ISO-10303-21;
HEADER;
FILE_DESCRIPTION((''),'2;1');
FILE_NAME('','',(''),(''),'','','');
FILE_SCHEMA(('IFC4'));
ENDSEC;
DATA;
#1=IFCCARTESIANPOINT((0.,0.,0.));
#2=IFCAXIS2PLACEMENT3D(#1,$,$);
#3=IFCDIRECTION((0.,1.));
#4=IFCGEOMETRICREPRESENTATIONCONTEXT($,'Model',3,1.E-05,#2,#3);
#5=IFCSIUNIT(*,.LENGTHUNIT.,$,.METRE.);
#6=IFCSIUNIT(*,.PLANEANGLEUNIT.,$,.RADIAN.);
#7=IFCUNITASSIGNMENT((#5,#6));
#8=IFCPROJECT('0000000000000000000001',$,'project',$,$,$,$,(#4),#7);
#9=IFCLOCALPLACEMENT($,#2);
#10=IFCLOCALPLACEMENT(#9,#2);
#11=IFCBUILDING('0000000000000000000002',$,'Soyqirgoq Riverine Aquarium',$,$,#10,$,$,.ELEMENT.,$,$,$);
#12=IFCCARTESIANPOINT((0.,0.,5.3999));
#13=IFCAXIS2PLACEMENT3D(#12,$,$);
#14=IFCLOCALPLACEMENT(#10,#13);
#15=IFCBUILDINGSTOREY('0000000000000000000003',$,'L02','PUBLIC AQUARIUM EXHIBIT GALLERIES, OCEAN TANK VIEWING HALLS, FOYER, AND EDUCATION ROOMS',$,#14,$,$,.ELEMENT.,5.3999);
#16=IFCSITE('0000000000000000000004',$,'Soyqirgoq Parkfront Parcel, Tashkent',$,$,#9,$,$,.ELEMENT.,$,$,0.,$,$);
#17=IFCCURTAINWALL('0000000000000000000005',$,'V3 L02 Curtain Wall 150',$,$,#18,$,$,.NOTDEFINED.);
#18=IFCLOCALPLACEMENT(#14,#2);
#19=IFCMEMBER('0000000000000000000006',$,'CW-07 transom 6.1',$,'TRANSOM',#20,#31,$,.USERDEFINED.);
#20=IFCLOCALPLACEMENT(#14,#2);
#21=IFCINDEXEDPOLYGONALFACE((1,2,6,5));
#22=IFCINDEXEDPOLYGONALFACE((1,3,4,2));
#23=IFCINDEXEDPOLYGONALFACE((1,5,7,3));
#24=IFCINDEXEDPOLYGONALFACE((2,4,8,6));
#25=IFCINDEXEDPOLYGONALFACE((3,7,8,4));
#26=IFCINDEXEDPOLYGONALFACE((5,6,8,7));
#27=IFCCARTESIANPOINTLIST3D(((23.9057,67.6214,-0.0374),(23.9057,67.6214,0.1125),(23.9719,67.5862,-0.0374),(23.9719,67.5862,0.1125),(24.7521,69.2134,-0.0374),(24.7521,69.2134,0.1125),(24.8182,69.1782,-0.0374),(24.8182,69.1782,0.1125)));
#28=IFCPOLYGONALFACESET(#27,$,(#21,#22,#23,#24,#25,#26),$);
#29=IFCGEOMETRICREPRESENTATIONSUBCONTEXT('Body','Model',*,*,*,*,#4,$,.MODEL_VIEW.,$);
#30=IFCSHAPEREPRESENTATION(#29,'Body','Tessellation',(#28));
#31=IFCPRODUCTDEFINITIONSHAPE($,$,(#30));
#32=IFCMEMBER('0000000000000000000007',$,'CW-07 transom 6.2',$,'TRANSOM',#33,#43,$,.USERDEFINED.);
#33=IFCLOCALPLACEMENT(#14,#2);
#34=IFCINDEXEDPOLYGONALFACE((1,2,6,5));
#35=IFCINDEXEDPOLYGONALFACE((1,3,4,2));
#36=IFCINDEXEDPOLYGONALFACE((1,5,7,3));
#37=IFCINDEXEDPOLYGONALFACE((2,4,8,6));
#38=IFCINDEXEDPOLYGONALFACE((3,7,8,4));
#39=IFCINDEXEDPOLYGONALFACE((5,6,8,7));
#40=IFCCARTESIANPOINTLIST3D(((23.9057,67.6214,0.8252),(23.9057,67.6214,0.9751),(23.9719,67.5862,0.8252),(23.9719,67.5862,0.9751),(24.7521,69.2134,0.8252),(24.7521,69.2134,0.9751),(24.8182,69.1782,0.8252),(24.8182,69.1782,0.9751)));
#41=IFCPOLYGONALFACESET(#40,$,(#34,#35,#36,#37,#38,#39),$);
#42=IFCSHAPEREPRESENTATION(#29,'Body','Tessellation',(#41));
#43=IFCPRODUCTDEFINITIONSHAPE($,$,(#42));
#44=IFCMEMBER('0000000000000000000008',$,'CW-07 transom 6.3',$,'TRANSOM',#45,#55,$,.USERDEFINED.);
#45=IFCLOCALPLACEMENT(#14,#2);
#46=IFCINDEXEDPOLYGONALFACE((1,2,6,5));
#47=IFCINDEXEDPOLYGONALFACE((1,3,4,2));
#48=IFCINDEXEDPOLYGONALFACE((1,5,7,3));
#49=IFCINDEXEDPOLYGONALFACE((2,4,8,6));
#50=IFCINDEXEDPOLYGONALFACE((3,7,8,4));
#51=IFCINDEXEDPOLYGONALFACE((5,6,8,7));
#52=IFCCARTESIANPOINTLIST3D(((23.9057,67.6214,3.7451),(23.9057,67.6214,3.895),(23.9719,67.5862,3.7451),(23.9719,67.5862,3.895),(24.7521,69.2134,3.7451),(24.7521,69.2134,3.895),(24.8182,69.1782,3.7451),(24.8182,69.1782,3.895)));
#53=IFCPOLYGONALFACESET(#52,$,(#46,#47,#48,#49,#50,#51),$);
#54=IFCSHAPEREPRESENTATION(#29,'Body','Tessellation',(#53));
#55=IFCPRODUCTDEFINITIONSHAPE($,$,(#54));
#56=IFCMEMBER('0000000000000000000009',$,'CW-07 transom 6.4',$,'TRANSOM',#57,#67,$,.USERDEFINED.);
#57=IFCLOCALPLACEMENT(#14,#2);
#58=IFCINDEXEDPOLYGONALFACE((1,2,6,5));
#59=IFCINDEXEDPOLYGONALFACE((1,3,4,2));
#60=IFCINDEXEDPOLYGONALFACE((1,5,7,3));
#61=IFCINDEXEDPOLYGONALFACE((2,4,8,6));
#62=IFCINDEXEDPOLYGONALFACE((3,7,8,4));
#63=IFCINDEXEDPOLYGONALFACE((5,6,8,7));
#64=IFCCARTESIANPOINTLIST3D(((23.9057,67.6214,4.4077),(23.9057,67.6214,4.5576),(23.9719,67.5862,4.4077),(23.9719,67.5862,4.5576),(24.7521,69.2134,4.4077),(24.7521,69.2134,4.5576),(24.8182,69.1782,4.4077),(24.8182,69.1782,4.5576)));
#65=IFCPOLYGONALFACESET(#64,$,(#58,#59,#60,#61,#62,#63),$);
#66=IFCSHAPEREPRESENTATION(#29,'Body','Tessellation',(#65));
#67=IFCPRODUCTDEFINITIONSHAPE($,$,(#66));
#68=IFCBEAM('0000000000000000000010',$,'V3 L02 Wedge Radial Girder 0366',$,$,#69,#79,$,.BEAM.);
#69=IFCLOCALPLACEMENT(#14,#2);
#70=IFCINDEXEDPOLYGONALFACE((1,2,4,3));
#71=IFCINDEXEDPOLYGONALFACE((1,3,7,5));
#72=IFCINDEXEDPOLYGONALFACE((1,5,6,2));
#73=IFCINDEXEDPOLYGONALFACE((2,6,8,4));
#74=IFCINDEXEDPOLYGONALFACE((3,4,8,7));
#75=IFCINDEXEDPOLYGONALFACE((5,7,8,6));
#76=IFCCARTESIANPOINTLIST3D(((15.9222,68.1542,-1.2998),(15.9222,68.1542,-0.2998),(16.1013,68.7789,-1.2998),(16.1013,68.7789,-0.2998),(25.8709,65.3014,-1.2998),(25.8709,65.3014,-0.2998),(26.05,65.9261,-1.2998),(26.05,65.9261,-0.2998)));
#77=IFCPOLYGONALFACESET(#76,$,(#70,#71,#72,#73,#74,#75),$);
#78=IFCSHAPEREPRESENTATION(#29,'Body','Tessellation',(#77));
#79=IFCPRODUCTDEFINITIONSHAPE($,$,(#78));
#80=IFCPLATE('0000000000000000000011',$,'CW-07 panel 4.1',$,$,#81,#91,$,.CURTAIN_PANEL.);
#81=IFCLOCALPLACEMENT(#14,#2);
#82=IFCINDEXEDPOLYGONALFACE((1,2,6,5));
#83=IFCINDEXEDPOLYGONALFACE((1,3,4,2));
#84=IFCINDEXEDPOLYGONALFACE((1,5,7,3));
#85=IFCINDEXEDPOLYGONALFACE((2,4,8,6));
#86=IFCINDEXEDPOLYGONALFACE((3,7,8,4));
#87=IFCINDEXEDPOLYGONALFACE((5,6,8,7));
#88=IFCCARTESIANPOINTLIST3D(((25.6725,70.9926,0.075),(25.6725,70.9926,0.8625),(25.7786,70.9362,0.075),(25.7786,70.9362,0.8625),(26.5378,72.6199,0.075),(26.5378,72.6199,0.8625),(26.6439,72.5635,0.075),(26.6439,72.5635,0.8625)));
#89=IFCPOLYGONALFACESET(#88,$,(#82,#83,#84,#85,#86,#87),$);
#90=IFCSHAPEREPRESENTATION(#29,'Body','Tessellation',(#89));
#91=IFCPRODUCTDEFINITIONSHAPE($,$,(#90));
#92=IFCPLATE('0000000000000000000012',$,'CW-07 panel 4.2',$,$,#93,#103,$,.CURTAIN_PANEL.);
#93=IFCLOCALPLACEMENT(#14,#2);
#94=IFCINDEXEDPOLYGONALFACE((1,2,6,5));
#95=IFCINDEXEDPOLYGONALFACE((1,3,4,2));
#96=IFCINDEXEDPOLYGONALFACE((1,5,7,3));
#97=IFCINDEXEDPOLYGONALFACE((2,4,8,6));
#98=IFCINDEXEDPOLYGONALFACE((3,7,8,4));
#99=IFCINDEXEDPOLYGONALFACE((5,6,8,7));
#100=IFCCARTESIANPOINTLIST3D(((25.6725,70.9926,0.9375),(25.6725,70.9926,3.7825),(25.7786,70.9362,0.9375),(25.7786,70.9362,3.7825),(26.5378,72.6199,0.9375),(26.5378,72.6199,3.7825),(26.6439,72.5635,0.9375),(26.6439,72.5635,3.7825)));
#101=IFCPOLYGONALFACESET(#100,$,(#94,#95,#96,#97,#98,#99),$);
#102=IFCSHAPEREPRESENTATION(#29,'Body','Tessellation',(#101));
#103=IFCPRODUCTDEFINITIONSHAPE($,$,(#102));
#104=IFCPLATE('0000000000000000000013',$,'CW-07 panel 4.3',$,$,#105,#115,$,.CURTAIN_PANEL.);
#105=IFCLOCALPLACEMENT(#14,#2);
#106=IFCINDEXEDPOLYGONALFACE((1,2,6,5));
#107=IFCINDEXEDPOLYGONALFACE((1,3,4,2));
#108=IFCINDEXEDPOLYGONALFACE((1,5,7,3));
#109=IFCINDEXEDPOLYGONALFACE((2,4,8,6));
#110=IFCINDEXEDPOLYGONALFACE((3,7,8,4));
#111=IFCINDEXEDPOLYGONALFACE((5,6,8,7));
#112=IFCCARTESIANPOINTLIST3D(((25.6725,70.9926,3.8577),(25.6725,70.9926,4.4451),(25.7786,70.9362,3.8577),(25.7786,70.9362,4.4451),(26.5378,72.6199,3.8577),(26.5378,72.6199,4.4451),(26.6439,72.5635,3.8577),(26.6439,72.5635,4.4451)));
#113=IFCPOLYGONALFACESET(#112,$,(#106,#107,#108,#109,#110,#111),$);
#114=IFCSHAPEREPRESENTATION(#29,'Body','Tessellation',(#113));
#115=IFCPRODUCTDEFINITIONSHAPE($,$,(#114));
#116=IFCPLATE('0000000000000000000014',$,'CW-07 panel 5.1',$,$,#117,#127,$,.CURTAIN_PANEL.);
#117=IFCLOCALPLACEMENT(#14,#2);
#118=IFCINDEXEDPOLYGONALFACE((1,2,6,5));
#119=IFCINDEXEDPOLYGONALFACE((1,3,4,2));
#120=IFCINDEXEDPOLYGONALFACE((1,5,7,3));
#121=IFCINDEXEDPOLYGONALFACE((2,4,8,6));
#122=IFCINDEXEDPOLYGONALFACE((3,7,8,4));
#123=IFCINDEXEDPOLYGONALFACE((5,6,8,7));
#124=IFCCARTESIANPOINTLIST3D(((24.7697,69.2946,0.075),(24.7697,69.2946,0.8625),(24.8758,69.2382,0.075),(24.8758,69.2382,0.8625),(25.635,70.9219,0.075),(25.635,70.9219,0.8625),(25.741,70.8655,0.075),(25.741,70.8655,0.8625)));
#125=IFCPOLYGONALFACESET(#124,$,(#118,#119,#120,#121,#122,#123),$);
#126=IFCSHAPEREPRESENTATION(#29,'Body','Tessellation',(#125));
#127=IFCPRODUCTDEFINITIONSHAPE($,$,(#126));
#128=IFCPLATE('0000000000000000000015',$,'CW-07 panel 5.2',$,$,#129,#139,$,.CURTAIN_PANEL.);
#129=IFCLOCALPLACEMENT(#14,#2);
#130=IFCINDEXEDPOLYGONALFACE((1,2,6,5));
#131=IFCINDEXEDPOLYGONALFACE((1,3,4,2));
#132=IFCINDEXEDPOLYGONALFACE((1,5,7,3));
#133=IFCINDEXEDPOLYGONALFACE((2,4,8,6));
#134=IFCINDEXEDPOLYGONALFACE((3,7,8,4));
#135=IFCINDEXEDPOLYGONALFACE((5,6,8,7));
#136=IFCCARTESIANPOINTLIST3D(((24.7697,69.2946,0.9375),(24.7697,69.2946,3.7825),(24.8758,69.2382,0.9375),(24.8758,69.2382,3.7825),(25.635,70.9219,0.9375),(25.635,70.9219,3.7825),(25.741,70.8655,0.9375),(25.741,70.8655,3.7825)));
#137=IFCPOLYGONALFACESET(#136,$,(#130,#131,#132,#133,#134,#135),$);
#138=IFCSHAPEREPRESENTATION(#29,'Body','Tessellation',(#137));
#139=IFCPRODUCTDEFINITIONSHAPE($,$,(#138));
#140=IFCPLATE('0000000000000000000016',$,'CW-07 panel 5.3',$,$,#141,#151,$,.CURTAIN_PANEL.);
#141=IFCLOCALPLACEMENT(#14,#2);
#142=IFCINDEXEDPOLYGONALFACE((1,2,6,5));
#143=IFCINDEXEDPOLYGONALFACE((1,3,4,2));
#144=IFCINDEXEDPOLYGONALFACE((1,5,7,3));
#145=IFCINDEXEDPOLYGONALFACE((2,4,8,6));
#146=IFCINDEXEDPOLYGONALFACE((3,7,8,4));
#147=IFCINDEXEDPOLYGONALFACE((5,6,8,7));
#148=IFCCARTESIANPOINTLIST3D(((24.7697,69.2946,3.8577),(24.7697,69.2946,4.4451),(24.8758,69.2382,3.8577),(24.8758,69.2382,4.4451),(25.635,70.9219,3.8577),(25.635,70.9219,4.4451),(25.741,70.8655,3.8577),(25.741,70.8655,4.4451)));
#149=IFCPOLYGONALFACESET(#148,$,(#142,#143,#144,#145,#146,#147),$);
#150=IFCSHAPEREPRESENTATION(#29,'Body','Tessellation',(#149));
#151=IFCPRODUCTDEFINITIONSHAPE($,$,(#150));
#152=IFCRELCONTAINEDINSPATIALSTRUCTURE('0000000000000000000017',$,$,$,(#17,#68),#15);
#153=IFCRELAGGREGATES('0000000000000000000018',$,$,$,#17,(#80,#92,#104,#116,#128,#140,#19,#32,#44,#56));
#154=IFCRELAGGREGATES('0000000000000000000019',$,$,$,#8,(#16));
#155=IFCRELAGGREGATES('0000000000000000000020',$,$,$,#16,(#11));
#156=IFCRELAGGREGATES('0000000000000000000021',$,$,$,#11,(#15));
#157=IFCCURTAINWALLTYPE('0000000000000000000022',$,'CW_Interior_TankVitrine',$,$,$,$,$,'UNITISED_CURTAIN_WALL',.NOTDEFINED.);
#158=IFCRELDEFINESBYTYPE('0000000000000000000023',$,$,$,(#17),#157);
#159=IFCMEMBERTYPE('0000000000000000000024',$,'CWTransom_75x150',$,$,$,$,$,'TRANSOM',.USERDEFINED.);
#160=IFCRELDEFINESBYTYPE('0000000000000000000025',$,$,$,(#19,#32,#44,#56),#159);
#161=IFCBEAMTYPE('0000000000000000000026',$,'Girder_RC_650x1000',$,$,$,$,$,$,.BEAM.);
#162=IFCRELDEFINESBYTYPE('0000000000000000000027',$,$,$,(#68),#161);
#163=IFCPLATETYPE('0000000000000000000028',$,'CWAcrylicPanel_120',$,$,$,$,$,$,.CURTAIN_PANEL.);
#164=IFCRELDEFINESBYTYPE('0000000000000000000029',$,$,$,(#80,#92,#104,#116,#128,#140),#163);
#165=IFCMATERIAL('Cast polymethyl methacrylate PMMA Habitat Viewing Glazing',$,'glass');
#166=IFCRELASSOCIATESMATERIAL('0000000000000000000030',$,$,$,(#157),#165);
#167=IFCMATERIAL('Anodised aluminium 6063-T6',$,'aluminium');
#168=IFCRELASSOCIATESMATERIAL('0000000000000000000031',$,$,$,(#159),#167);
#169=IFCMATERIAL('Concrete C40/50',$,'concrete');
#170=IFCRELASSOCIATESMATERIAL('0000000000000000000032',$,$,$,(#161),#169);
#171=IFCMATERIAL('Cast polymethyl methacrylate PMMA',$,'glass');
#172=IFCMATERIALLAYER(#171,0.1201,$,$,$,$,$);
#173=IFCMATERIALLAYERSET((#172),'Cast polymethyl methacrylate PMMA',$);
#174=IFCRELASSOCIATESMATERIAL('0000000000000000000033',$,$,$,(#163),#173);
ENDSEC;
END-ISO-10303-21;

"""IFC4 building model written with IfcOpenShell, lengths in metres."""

from ifc_helpers import new_model, si_unit, direction, frame, origin, origin_2d, place, context, subcontext, project, spatial, rectangle, extrude, material, layer, layer_set, material_profile, profile_set, type_object, element, aggregate, save


model = new_model("IFC4")

# Units and contexts
model_context = context("Model", 3, precision=1e-05, world=origin(), true_north=direction((0.0, 1.0)))
body_context = subcontext(model_context, "Body", "Model", "MODEL_VIEW")
ifc_project = project(units=[si_unit("LENGTHUNIT", "METRE"), si_unit("PLANEANGLEUNIT", "RADIAN")], contexts=[model_context])

# Site, building, storey
site_placement = place(None, origin())
site = spatial("IfcSite", under=ifc_project, at=site_placement, Name="Soyqirgoq Parkfront Parcel, Tashkent", CompositionType="ELEMENT", RefElevation=0.0)
building_placement = place(site_placement, origin())
building = spatial("IfcBuilding", under=site, at=building_placement, Name="Soyqirgoq Riverine Aquarium", CompositionType="ELEMENT")
storey_placement = place(building_placement, frame((0.0, 0.0, 5.3999)))
storey = spatial("IfcBuildingStorey", under=building, at=storey_placement, Name="L02", Description="PUBLIC AQUARIUM EXHIBIT GALLERIES, OCEAN TANK VIEWING HALLS, FOYER, AND EDUCATION ROOMS", CompositionType="ELEMENT", Elevation=5.3999)

# Curtain wall, members
ifc_material_1 = material(Name="Cast polymethyl methacrylate PMMA Habitat Viewing Glazing", Category="glass")
curtain_wall_type = type_object("IfcCurtainWallType", Name="CW_Interior_TankVitrine", ElementType="UNITISED_CURTAIN_WALL", PredefinedType="NOTDEFINED", material=ifc_material_1)
curtain_wall_placement = place(storey_placement, origin())
curtain_wall = element("IfcCurtainWall", 1, at=curtain_wall_placement, inside=storey, type_object=curtain_wall_type, Name="V3 L02 Curtain Wall 150", PredefinedType="NOTDEFINED")
ifc_material_2 = material(Name="Anodised aluminium 6063-T6", Category="aluminium")
ifc_material_profile_1 = material_profile(ifc_material_2, rectangle(XDim=0.075, YDim=0.1499, at=origin_2d()), Name="ALU-T 75x150")
ifc_profile_set_1 = profile_set([ifc_material_profile_1], Name="Anodised aluminium 6063-T6")
member_type_1 = type_object("IfcMemberType", Name="CWTransom_75x150", ElementType="TRANSOM", PredefinedType="USERDEFINED", material=ifc_profile_set_1)
member_1_placement = place(storey_placement, frame((24.7852, 69.1958, 0.0376), z_axis=(-0.469442, -0.882963, 0.0), x_axis=(0.882963, -0.469442, 0.0)))
member_1 = element("IfcMember", 2, at=member_1_placement, type_object=member_type_1, Name="CW-07 transom 6.1", ObjectType="TRANSOM", PredefinedType="USERDEFINED", context=body_context, shape_type="SweptSolid", body=[
    extrude(rectangle(XDim=0.075, YDim=0.1499, at=origin_2d()), origin(), (0.0, 0.0, 1.0), 1.803),
])
member_2_placement = place(storey_placement, frame((24.7852, 69.1958, 0.9001), z_axis=(-0.469442, -0.882963, 0.0), x_axis=(0.882963, -0.469442, 0.0)))
member_2 = element("IfcMember", 3, at=member_2_placement, type_object=member_type_1, Name="CW-07 transom 6.2", ObjectType="TRANSOM", PredefinedType="USERDEFINED", context=body_context, shape_type="SweptSolid", body=[
    extrude(rectangle(XDim=0.075, YDim=0.1499, at=origin_2d()), origin(), (0.0, 0.0, 1.0), 1.803),
])
member_3_placement = place(storey_placement, frame((24.7852, 69.1958, 3.8201), z_axis=(-0.469442, -0.882963, 0.0), x_axis=(0.882963, -0.469442, 0.0)))
member_3 = element("IfcMember", 4, at=member_3_placement, type_object=member_type_1, Name="CW-07 transom 6.3", ObjectType="TRANSOM", PredefinedType="USERDEFINED", context=body_context, shape_type="SweptSolid", body=[
    extrude(rectangle(XDim=0.075, YDim=0.1499, at=origin_2d()), origin(), (0.0, 0.0, 1.0), 1.803),
])
member_4_placement = place(storey_placement, frame((24.7852, 69.1958, 4.4827), z_axis=(-0.469442, -0.882963, 0.0), x_axis=(0.882963, -0.469442, 0.0)))
member_4 = element("IfcMember", 5, at=member_4_placement, type_object=member_type_1, Name="CW-07 transom 6.4", ObjectType="TRANSOM", PredefinedType="USERDEFINED", context=body_context, shape_type="SweptSolid", body=[
    extrude(rectangle(XDim=0.075, YDim=0.1499, at=origin_2d()), origin(), (0.0, 0.0, 1.0), 1.803),
])

# Beam
ifc_material_3 = material(Name="Concrete C40/50", Category="concrete")
ifc_material_profile_2 = material_profile(ifc_material_3, rectangle(XDim=0.6499, YDim=1.0, at=origin_2d()), Name="RC 650x1000")
ifc_profile_set_2 = profile_set([ifc_material_profile_2], Name="Concrete C40/50")
beam_type_1 = type_object("IfcBeamType", Name="Girder_RC_650x1000", PredefinedType="BEAM", material=ifc_profile_set_2)
beam_1_placement = place(storey_placement, frame((25.9604, 65.6138, -0.7998), z_axis=(-0.961261, 0.27564, 0.0), x_axis=(-0.27564, -0.961261, 0.0)))
element("IfcBeam", 6, at=beam_1_placement, inside=storey, type_object=beam_type_1, Name="V3 L02 Wedge Radial Girder 0366", PredefinedType="BEAM", context=body_context, shape_type="SweptSolid", body=[
    extrude(rectangle(XDim=0.6499, YDim=1.0, at=origin_2d()), origin(), (0.0, 0.0, 1.0), 10.3496),
])

# Plates
ifc_material_4 = material(Name="Cast polymethyl methacrylate PMMA", Category="glass")
ifc_layer = layer(ifc_material_4, 0.1201)
ifc_layer_set = layer_set([ifc_layer], Name="Cast polymethyl methacrylate PMMA")
plate_type = type_object("IfcPlateType", Name="CWAcrylicPanel_120", PredefinedType="CURTAIN_PANEL", material=ifc_layer_set)
plate_1_placement = place(storey_placement, frame((26.1582, 71.7781, 0.075), z_axis=(0.0, 0.0, 1.0), x_axis=(-0.469475, -0.882946, 0.0)))
plate_1 = element("IfcPlate", 7, at=plate_1_placement, type_object=plate_type, Name="CW-07 panel 4.1", PredefinedType="CURTAIN_PANEL", context=body_context, shape_type="SweptSolid", body=[
    extrude(rectangle(XDim=1.843, YDim=0.1201, at=origin_2d()), origin(), (0.0, 0.0, 1.0), 0.7876),
])
plate_2_placement = place(storey_placement, frame((26.1582, 71.7781, 0.9375), z_axis=(0.0, 0.0, 1.0), x_axis=(-0.469475, -0.882946, 0.0)))
plate_2 = element("IfcPlate", 8, at=plate_2_placement, type_object=plate_type, Name="CW-07 panel 4.2", PredefinedType="CURTAIN_PANEL", context=body_context, shape_type="SweptSolid", body=[
    extrude(rectangle(XDim=1.843, YDim=0.1201, at=origin_2d()), origin(), (0.0, 0.0, 1.0), 2.845),
])
plate_3_placement = place(storey_placement, frame((26.1582, 71.7781, 3.8577), z_axis=(0.0, 0.0, 1.0), x_axis=(-0.469475, -0.882946, 0.0)))
plate_3 = element("IfcPlate", 9, at=plate_3_placement, type_object=plate_type, Name="CW-07 panel 4.3", PredefinedType="CURTAIN_PANEL", context=body_context, shape_type="SweptSolid", body=[
    extrude(rectangle(XDim=1.843, YDim=0.1201, at=origin_2d()), origin(), (0.0, 0.0, 1.0), 0.5874),
])
plate_4_placement = place(storey_placement, frame((25.2554, 70.0801, 0.075), z_axis=(0.0, 0.0, 1.0), x_axis=(-0.469475, -0.882946, 0.0)))
plate_4 = element("IfcPlate", 10, at=plate_4_placement, type_object=plate_type, Name="CW-07 panel 5.1", PredefinedType="CURTAIN_PANEL", context=body_context, shape_type="SweptSolid", body=[
    extrude(rectangle(XDim=1.843, YDim=0.1201, at=origin_2d()), origin(), (0.0, 0.0, 1.0), 0.7876),
])
plate_5_placement = place(storey_placement, frame((25.2554, 70.0801, 0.9375), z_axis=(0.0, 0.0, 1.0), x_axis=(-0.469475, -0.882946, 0.0)))
plate_5 = element("IfcPlate", 11, at=plate_5_placement, type_object=plate_type, Name="CW-07 panel 5.2", PredefinedType="CURTAIN_PANEL", context=body_context, shape_type="SweptSolid", body=[
    extrude(rectangle(XDim=1.843, YDim=0.1201, at=origin_2d()), origin(), (0.0, 0.0, 1.0), 2.845),
])
plate_6_placement = place(storey_placement, frame((25.2554, 70.0801, 3.8577), z_axis=(0.0, 0.0, 1.0), x_axis=(-0.469475, -0.882946, 0.0)))
plate_6 = element("IfcPlate", 12, at=plate_6_placement, type_object=plate_type, Name="CW-07 panel 5.3", PredefinedType="CURTAIN_PANEL", context=body_context, shape_type="SweptSolid", body=[
    extrude(rectangle(XDim=1.843, YDim=0.1201, at=origin_2d()), origin(), (0.0, 0.0, 1.0), 0.5874),
])
aggregate(curtain_wall, [plate_1, plate_2, plate_3, plate_4, plate_5, plate_6, member_1, member_2, member_3, member_4])

save(model, "model.ifc")
